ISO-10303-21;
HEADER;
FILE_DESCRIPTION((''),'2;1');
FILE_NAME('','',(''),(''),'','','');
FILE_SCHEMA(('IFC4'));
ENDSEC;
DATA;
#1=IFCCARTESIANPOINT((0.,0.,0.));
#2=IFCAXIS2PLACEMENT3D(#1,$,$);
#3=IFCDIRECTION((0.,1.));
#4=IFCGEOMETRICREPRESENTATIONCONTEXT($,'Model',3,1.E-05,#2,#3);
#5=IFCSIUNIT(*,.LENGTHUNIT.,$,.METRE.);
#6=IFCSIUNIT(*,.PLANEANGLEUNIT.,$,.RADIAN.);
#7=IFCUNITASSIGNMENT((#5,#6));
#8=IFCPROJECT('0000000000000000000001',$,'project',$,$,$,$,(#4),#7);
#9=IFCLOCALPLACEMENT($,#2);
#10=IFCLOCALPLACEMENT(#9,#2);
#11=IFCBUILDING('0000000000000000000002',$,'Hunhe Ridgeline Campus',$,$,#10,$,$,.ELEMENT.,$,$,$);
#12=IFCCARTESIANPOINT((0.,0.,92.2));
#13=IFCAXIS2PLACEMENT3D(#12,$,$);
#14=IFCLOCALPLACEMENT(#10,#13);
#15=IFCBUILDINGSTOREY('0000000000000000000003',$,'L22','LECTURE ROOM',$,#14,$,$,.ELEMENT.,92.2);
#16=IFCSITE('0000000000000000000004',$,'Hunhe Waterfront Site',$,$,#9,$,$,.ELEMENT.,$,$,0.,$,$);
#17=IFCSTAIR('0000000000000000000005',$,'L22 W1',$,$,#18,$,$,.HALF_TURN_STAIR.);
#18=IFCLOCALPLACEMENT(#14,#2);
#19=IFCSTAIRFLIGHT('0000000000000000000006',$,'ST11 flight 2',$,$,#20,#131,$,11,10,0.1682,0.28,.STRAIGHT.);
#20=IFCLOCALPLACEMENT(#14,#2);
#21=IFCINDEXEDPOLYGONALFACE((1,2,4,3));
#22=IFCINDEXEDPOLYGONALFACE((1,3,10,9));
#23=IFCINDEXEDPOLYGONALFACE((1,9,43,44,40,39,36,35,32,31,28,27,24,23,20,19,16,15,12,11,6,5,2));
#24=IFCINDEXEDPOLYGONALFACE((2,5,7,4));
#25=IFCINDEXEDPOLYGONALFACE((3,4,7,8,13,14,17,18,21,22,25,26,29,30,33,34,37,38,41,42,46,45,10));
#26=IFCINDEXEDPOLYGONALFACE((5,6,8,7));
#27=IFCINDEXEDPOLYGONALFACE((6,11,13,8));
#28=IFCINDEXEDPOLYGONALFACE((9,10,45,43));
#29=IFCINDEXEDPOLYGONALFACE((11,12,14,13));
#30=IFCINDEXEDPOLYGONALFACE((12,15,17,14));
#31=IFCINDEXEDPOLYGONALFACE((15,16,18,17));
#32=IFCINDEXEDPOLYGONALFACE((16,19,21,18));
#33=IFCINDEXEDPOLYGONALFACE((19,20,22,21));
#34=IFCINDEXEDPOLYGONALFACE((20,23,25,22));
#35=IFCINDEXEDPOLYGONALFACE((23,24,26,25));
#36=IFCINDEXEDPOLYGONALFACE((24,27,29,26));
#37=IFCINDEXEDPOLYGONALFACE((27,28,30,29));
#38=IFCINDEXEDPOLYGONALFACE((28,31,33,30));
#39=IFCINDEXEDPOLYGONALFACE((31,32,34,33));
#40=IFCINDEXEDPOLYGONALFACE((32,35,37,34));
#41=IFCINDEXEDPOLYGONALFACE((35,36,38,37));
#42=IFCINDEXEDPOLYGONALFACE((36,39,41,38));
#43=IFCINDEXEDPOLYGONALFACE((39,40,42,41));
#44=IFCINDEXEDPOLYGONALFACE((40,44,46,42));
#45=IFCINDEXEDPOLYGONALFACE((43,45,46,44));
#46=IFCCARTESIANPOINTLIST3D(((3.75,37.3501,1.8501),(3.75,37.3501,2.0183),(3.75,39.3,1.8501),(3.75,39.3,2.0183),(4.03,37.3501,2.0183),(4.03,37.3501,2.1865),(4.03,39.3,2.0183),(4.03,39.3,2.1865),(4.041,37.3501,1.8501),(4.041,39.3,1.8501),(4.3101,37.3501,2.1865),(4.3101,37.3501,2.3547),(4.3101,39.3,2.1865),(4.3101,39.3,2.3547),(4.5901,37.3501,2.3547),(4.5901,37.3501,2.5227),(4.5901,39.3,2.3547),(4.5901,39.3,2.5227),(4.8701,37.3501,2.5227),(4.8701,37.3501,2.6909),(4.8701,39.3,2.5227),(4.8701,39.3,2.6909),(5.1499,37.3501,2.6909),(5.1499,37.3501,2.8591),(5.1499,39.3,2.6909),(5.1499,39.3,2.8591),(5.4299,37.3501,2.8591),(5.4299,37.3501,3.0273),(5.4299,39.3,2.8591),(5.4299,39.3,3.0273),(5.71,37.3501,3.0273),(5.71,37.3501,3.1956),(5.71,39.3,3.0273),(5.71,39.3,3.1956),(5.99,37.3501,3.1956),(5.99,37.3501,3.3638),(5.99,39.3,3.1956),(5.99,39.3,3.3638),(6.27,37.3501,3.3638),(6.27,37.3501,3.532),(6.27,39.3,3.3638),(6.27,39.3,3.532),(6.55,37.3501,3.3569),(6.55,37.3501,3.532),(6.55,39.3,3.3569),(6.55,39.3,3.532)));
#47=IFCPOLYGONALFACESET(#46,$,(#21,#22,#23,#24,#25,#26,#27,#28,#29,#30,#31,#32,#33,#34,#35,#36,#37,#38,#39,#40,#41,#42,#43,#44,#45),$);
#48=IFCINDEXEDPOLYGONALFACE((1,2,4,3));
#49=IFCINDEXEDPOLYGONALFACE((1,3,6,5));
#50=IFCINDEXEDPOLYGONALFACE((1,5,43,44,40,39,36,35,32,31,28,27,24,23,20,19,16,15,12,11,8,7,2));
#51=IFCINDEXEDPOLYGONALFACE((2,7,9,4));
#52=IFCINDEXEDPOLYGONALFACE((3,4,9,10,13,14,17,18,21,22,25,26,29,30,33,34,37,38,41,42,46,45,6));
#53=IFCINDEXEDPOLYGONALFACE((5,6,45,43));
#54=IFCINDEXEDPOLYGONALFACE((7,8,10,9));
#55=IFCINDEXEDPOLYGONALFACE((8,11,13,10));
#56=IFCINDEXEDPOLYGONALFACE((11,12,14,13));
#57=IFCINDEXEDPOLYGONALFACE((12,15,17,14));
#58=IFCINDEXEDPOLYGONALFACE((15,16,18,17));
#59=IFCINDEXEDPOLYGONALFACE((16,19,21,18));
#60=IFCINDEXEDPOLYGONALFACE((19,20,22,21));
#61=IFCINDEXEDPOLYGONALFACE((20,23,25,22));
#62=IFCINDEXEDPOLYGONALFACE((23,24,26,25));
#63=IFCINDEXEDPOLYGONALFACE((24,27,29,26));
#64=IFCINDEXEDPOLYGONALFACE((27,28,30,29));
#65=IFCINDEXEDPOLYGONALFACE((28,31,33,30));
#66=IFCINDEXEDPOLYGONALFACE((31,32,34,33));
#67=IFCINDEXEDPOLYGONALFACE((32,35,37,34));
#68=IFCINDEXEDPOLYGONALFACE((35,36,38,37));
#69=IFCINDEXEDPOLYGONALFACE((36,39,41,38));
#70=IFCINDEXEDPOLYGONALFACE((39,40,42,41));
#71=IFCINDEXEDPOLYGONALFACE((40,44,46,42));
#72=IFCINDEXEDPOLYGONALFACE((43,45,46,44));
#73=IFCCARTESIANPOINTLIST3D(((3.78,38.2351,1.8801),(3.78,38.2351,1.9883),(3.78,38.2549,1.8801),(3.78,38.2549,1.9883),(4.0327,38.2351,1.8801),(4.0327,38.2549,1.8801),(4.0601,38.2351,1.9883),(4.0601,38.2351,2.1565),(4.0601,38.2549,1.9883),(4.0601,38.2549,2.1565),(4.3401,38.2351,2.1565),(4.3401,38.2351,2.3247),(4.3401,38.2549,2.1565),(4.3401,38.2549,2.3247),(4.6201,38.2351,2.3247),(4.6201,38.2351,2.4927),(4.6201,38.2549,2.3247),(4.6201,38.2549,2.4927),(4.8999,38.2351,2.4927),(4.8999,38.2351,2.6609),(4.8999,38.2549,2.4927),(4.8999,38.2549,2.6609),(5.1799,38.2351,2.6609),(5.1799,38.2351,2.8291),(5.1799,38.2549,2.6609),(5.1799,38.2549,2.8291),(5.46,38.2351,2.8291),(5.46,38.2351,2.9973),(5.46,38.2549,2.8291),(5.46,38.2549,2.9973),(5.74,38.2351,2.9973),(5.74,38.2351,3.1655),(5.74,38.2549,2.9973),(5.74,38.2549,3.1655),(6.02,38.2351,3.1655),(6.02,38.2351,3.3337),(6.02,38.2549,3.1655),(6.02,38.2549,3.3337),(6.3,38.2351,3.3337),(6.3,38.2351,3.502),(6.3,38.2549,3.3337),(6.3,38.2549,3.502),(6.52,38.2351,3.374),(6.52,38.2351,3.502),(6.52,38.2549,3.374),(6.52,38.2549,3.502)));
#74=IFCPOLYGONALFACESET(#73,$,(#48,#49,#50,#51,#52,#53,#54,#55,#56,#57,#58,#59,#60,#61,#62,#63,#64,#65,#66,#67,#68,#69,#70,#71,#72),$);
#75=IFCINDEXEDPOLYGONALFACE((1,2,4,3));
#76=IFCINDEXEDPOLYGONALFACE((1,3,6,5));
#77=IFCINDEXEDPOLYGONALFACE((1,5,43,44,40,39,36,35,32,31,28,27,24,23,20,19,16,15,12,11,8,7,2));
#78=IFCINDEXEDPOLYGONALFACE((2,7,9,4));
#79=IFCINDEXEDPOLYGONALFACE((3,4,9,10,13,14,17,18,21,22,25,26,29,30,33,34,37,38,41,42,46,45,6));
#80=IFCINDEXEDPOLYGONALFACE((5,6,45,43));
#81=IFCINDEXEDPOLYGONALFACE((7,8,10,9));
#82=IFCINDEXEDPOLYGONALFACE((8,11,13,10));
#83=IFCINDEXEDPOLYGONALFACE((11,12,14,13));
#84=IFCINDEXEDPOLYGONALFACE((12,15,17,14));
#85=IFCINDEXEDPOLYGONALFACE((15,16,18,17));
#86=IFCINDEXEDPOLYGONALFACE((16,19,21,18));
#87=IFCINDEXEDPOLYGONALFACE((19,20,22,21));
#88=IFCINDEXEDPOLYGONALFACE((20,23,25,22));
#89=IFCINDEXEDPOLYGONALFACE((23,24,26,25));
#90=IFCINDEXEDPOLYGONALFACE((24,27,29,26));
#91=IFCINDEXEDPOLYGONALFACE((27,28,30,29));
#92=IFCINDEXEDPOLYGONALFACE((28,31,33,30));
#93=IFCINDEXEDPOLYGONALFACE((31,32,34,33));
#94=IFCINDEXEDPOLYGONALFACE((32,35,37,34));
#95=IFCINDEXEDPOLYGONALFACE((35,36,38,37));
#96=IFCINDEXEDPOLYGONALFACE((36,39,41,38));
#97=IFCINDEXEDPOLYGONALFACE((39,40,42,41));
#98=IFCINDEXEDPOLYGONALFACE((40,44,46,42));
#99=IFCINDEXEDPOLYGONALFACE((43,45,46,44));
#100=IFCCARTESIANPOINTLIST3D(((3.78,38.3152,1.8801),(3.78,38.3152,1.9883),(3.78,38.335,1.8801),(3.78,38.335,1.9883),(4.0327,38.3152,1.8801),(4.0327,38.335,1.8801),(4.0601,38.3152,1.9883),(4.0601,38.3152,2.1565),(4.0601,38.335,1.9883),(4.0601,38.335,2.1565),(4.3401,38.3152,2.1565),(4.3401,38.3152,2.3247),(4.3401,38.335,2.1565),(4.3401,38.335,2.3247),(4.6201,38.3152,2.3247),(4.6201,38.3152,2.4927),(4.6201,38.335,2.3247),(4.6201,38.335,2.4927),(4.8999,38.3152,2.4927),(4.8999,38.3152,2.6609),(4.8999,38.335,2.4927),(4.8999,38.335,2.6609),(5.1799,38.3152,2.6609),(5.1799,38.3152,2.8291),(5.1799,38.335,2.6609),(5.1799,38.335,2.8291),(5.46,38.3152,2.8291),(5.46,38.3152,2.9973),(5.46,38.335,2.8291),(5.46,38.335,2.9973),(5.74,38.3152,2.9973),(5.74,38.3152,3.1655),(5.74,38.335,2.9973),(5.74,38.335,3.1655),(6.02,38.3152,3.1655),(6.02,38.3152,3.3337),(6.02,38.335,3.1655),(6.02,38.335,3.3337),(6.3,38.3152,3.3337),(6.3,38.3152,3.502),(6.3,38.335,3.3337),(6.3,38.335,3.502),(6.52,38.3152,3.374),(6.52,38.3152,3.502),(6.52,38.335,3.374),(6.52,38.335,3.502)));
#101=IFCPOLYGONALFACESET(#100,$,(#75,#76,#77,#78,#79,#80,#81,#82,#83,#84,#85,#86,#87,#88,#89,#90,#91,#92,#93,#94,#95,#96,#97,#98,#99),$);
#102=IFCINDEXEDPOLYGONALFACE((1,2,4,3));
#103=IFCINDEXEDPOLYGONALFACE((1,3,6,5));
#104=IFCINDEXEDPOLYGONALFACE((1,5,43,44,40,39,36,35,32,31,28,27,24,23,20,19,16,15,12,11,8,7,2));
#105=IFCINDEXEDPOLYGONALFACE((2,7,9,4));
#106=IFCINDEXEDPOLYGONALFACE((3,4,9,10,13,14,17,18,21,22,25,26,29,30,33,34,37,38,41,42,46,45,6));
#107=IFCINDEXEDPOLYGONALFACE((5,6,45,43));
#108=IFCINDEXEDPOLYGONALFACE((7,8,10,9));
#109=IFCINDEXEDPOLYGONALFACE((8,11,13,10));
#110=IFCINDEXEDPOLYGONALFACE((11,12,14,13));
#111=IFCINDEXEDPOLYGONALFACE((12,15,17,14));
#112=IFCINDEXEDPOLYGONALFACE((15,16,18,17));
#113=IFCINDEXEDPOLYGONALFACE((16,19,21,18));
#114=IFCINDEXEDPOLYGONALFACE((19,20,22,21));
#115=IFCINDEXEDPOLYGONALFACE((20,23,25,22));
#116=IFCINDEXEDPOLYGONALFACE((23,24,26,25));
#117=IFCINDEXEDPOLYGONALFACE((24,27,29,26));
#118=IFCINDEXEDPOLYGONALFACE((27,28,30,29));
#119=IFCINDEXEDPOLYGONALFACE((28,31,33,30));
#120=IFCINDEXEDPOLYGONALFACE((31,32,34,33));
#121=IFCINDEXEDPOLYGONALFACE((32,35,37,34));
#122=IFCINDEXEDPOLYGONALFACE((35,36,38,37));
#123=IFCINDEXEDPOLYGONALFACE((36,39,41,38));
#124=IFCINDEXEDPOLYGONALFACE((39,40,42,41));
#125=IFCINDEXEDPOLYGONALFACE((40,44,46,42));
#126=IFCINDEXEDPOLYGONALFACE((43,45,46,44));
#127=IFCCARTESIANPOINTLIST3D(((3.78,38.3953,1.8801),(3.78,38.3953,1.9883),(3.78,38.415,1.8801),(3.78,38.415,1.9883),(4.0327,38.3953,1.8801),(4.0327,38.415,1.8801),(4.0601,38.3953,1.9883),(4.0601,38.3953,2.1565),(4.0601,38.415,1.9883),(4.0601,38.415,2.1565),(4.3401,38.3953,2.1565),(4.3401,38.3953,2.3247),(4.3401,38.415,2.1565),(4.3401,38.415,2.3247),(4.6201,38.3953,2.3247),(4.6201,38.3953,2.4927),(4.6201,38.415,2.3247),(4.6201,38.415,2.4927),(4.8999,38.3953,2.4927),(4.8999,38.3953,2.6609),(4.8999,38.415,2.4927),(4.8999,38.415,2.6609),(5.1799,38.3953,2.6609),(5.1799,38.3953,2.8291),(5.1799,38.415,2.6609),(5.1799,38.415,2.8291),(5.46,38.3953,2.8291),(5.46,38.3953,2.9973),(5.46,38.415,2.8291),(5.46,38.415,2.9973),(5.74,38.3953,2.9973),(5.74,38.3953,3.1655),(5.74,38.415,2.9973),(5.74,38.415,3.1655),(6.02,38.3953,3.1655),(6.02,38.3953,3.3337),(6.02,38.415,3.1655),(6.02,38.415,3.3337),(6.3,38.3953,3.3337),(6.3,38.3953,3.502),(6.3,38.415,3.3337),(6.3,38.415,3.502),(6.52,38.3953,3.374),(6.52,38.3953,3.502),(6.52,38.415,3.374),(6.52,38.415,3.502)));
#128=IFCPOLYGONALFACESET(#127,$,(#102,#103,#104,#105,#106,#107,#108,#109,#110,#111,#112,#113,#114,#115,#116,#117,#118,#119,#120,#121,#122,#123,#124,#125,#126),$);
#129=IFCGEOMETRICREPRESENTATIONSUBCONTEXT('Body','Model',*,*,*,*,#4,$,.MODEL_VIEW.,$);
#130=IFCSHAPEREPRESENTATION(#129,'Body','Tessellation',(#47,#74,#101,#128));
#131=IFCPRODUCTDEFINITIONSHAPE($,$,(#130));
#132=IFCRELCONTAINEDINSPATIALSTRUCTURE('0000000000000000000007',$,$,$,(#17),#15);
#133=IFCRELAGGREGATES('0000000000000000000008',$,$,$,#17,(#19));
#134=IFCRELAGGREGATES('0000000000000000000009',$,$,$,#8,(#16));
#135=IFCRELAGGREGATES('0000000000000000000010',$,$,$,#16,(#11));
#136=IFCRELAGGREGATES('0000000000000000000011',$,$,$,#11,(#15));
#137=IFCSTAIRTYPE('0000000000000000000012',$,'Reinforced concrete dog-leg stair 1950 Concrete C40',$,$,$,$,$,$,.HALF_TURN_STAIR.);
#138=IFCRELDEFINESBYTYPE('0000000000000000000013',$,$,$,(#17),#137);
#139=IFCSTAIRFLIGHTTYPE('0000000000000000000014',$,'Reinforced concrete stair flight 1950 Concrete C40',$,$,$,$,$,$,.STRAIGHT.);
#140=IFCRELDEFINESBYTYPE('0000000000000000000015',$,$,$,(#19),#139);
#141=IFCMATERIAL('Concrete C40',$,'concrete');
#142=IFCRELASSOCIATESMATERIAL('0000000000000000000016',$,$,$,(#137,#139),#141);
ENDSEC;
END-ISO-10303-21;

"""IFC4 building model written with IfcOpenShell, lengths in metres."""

from ifc_helpers import new_model, si_unit, direction, frame, origin, place, context, subcontext, project, spatial, polyline, outline, extrude, material, type_object, element, aggregate, save


model = new_model("IFC4")

# Units and contexts
model_context = context("Model", 3, precision=1e-05, world=origin(), true_north=direction((0.0, 1.0)))
body_context = subcontext(model_context, "Body", "Model", "MODEL_VIEW")
ifc_project = project(units=[si_unit("LENGTHUNIT", "METRE"), si_unit("PLANEANGLEUNIT", "RADIAN")], contexts=[model_context])

# Site, building, storey
site_placement = place(None, origin())
site = spatial("IfcSite", under=ifc_project, at=site_placement, Name="Hunhe Waterfront Site", CompositionType="ELEMENT", RefElevation=0.0)
building_placement = place(site_placement, origin())
building = spatial("IfcBuilding", under=site, at=building_placement, Name="Hunhe Ridgeline Campus", CompositionType="ELEMENT")
storey_placement = place(building_placement, frame((0.0, 0.0, 92.2)))
storey = spatial("IfcBuildingStorey", under=building, at=storey_placement, Name="L22", Description="LECTURE ROOM", CompositionType="ELEMENT", Elevation=92.2)

# Shared definitions
ifc_material_1 = material(Name="Concrete C40", Category="concrete")
stair_type = type_object("IfcStairType", Name="Reinforced concrete dog-leg stair 1950 Concrete C40", PredefinedType="HALF_TURN_STAIR", material=ifc_material_1)
stair_flight_type = type_object("IfcStairFlightType", Name="Reinforced concrete stair flight 1950 Concrete C40", PredefinedType="STRAIGHT", material=ifc_material_1)

# Stair, stair flight
stair_1_placement = place(storey_placement, origin())
stair_1 = element("IfcStair", 1, at=stair_1_placement, inside=storey, type_object=stair_type, Name="L22 W1", PredefinedType="HALF_TURN_STAIR")
stair_flight_1_placement = place(storey_placement, frame((3.75, 38.325, 1.8501), z_axis=(0.0, 0.0, 1.0), x_axis=(1.0, 0.0, 0.0)))
stair_flight_1 = element("IfcStairFlight", 2, at=stair_flight_1_placement, type_object=stair_flight_type, Name="ST11 flight 2", NumberOfRisers=11, NumberOfTreads=10, PredefinedType="STRAIGHT", RiserHeight=0.1682, TreadLength=0.28, context=body_context, shape_type="SweptSolid", body=[
    extrude(outline(polyline([(0.0, 0.0), (0.0, 0.1682), (0.28, 0.1682), (0.28, 0.3364), (0.5601, 0.3364), (0.5601, 0.5046), (0.8401, 0.5046), (0.8401, 0.6726), (1.1201, 0.6726), (1.1201, 0.8408), (1.3999, 0.8408), (1.3999, 1.009), (1.6799, 1.009), (1.6799, 1.1772), (1.96, 1.1772), (1.96, 1.3455), (2.24, 1.3455), (2.24, 1.5137), (2.52, 1.5137), (2.52, 1.6819), (2.8, 1.6819), (2.8, 1.8501), (2.8, 1.5068), (0.291, 0.0), (0.0, 0.0)])), frame((0.0, 0.9751, 0.0), z_axis=(0.0, -1.0, 0.0), x_axis=(1.0, 0.0, 0.0)), (0.0, 0.0, 1.0), 1.95),
    extrude(outline(polyline([(0.03, 0.03), (0.03, 0.1382), (0.3101, 0.1382), (0.3101, 0.3064), (0.5901, 0.3064), (0.5901, 0.4746), (0.8701, 0.4746), (0.8701, 0.6426), (1.1499, 0.6426), (1.1499, 0.8108), (1.4299, 0.8108), (1.4299, 0.979), (1.71, 0.979), (1.71, 1.1472), (1.99, 1.1472), (1.99, 1.3154), (2.27, 1.3154), (2.27, 1.4836), (2.55, 1.4836), (2.55, 1.6519), (2.77, 1.6519), (2.77, 1.5239), (0.2827, 0.03), (0.03, 0.03)])), frame((0.0, -0.0701, 0.0), z_axis=(0.0, -1.0, 0.0), x_axis=(1.0, 0.0, 0.0)), (0.0, 0.0, 1.0), 0.0198),
    extrude(outline(polyline([(0.03, 0.03), (0.03, 0.1382), (0.3101, 0.1382), (0.3101, 0.3064), (0.5901, 0.3064), (0.5901, 0.4746), (0.8701, 0.4746), (0.8701, 0.6426), (1.1499, 0.6426), (1.1499, 0.8108), (1.4299, 0.8108), (1.4299, 0.979), (1.71, 0.979), (1.71, 1.1472), (1.99, 1.1472), (1.99, 1.3154), (2.27, 1.3154), (2.27, 1.4836), (2.55, 1.4836), (2.55, 1.6519), (2.77, 1.6519), (2.77, 1.5239), (0.2827, 0.03), (0.03, 0.03)])), frame((0.0, 0.01, 0.0), z_axis=(0.0, -1.0, 0.0), x_axis=(1.0, 0.0, 0.0)), (0.0, 0.0, 1.0), 0.0198),
    extrude(outline(polyline([(0.03, 0.03), (0.03, 0.1382), (0.3101, 0.1382), (0.3101, 0.3064), (0.5901, 0.3064), (0.5901, 0.4746), (0.8701, 0.4746), (0.8701, 0.6426), (1.1499, 0.6426), (1.1499, 0.8108), (1.4299, 0.8108), (1.4299, 0.979), (1.71, 0.979), (1.71, 1.1472), (1.99, 1.1472), (1.99, 1.3154), (2.27, 1.3154), (2.27, 1.4836), (2.55, 1.4836), (2.55, 1.6519), (2.77, 1.6519), (2.77, 1.5239), (0.2827, 0.03), (0.03, 0.03)])), frame((0.0, 0.0901, 0.0), z_axis=(0.0, -1.0, 0.0), x_axis=(1.0, 0.0, 0.0)), (0.0, 0.0, 1.0), 0.0198),
])
aggregate(stair_1, [stair_flight_1])

save(model, "model.ifc")
